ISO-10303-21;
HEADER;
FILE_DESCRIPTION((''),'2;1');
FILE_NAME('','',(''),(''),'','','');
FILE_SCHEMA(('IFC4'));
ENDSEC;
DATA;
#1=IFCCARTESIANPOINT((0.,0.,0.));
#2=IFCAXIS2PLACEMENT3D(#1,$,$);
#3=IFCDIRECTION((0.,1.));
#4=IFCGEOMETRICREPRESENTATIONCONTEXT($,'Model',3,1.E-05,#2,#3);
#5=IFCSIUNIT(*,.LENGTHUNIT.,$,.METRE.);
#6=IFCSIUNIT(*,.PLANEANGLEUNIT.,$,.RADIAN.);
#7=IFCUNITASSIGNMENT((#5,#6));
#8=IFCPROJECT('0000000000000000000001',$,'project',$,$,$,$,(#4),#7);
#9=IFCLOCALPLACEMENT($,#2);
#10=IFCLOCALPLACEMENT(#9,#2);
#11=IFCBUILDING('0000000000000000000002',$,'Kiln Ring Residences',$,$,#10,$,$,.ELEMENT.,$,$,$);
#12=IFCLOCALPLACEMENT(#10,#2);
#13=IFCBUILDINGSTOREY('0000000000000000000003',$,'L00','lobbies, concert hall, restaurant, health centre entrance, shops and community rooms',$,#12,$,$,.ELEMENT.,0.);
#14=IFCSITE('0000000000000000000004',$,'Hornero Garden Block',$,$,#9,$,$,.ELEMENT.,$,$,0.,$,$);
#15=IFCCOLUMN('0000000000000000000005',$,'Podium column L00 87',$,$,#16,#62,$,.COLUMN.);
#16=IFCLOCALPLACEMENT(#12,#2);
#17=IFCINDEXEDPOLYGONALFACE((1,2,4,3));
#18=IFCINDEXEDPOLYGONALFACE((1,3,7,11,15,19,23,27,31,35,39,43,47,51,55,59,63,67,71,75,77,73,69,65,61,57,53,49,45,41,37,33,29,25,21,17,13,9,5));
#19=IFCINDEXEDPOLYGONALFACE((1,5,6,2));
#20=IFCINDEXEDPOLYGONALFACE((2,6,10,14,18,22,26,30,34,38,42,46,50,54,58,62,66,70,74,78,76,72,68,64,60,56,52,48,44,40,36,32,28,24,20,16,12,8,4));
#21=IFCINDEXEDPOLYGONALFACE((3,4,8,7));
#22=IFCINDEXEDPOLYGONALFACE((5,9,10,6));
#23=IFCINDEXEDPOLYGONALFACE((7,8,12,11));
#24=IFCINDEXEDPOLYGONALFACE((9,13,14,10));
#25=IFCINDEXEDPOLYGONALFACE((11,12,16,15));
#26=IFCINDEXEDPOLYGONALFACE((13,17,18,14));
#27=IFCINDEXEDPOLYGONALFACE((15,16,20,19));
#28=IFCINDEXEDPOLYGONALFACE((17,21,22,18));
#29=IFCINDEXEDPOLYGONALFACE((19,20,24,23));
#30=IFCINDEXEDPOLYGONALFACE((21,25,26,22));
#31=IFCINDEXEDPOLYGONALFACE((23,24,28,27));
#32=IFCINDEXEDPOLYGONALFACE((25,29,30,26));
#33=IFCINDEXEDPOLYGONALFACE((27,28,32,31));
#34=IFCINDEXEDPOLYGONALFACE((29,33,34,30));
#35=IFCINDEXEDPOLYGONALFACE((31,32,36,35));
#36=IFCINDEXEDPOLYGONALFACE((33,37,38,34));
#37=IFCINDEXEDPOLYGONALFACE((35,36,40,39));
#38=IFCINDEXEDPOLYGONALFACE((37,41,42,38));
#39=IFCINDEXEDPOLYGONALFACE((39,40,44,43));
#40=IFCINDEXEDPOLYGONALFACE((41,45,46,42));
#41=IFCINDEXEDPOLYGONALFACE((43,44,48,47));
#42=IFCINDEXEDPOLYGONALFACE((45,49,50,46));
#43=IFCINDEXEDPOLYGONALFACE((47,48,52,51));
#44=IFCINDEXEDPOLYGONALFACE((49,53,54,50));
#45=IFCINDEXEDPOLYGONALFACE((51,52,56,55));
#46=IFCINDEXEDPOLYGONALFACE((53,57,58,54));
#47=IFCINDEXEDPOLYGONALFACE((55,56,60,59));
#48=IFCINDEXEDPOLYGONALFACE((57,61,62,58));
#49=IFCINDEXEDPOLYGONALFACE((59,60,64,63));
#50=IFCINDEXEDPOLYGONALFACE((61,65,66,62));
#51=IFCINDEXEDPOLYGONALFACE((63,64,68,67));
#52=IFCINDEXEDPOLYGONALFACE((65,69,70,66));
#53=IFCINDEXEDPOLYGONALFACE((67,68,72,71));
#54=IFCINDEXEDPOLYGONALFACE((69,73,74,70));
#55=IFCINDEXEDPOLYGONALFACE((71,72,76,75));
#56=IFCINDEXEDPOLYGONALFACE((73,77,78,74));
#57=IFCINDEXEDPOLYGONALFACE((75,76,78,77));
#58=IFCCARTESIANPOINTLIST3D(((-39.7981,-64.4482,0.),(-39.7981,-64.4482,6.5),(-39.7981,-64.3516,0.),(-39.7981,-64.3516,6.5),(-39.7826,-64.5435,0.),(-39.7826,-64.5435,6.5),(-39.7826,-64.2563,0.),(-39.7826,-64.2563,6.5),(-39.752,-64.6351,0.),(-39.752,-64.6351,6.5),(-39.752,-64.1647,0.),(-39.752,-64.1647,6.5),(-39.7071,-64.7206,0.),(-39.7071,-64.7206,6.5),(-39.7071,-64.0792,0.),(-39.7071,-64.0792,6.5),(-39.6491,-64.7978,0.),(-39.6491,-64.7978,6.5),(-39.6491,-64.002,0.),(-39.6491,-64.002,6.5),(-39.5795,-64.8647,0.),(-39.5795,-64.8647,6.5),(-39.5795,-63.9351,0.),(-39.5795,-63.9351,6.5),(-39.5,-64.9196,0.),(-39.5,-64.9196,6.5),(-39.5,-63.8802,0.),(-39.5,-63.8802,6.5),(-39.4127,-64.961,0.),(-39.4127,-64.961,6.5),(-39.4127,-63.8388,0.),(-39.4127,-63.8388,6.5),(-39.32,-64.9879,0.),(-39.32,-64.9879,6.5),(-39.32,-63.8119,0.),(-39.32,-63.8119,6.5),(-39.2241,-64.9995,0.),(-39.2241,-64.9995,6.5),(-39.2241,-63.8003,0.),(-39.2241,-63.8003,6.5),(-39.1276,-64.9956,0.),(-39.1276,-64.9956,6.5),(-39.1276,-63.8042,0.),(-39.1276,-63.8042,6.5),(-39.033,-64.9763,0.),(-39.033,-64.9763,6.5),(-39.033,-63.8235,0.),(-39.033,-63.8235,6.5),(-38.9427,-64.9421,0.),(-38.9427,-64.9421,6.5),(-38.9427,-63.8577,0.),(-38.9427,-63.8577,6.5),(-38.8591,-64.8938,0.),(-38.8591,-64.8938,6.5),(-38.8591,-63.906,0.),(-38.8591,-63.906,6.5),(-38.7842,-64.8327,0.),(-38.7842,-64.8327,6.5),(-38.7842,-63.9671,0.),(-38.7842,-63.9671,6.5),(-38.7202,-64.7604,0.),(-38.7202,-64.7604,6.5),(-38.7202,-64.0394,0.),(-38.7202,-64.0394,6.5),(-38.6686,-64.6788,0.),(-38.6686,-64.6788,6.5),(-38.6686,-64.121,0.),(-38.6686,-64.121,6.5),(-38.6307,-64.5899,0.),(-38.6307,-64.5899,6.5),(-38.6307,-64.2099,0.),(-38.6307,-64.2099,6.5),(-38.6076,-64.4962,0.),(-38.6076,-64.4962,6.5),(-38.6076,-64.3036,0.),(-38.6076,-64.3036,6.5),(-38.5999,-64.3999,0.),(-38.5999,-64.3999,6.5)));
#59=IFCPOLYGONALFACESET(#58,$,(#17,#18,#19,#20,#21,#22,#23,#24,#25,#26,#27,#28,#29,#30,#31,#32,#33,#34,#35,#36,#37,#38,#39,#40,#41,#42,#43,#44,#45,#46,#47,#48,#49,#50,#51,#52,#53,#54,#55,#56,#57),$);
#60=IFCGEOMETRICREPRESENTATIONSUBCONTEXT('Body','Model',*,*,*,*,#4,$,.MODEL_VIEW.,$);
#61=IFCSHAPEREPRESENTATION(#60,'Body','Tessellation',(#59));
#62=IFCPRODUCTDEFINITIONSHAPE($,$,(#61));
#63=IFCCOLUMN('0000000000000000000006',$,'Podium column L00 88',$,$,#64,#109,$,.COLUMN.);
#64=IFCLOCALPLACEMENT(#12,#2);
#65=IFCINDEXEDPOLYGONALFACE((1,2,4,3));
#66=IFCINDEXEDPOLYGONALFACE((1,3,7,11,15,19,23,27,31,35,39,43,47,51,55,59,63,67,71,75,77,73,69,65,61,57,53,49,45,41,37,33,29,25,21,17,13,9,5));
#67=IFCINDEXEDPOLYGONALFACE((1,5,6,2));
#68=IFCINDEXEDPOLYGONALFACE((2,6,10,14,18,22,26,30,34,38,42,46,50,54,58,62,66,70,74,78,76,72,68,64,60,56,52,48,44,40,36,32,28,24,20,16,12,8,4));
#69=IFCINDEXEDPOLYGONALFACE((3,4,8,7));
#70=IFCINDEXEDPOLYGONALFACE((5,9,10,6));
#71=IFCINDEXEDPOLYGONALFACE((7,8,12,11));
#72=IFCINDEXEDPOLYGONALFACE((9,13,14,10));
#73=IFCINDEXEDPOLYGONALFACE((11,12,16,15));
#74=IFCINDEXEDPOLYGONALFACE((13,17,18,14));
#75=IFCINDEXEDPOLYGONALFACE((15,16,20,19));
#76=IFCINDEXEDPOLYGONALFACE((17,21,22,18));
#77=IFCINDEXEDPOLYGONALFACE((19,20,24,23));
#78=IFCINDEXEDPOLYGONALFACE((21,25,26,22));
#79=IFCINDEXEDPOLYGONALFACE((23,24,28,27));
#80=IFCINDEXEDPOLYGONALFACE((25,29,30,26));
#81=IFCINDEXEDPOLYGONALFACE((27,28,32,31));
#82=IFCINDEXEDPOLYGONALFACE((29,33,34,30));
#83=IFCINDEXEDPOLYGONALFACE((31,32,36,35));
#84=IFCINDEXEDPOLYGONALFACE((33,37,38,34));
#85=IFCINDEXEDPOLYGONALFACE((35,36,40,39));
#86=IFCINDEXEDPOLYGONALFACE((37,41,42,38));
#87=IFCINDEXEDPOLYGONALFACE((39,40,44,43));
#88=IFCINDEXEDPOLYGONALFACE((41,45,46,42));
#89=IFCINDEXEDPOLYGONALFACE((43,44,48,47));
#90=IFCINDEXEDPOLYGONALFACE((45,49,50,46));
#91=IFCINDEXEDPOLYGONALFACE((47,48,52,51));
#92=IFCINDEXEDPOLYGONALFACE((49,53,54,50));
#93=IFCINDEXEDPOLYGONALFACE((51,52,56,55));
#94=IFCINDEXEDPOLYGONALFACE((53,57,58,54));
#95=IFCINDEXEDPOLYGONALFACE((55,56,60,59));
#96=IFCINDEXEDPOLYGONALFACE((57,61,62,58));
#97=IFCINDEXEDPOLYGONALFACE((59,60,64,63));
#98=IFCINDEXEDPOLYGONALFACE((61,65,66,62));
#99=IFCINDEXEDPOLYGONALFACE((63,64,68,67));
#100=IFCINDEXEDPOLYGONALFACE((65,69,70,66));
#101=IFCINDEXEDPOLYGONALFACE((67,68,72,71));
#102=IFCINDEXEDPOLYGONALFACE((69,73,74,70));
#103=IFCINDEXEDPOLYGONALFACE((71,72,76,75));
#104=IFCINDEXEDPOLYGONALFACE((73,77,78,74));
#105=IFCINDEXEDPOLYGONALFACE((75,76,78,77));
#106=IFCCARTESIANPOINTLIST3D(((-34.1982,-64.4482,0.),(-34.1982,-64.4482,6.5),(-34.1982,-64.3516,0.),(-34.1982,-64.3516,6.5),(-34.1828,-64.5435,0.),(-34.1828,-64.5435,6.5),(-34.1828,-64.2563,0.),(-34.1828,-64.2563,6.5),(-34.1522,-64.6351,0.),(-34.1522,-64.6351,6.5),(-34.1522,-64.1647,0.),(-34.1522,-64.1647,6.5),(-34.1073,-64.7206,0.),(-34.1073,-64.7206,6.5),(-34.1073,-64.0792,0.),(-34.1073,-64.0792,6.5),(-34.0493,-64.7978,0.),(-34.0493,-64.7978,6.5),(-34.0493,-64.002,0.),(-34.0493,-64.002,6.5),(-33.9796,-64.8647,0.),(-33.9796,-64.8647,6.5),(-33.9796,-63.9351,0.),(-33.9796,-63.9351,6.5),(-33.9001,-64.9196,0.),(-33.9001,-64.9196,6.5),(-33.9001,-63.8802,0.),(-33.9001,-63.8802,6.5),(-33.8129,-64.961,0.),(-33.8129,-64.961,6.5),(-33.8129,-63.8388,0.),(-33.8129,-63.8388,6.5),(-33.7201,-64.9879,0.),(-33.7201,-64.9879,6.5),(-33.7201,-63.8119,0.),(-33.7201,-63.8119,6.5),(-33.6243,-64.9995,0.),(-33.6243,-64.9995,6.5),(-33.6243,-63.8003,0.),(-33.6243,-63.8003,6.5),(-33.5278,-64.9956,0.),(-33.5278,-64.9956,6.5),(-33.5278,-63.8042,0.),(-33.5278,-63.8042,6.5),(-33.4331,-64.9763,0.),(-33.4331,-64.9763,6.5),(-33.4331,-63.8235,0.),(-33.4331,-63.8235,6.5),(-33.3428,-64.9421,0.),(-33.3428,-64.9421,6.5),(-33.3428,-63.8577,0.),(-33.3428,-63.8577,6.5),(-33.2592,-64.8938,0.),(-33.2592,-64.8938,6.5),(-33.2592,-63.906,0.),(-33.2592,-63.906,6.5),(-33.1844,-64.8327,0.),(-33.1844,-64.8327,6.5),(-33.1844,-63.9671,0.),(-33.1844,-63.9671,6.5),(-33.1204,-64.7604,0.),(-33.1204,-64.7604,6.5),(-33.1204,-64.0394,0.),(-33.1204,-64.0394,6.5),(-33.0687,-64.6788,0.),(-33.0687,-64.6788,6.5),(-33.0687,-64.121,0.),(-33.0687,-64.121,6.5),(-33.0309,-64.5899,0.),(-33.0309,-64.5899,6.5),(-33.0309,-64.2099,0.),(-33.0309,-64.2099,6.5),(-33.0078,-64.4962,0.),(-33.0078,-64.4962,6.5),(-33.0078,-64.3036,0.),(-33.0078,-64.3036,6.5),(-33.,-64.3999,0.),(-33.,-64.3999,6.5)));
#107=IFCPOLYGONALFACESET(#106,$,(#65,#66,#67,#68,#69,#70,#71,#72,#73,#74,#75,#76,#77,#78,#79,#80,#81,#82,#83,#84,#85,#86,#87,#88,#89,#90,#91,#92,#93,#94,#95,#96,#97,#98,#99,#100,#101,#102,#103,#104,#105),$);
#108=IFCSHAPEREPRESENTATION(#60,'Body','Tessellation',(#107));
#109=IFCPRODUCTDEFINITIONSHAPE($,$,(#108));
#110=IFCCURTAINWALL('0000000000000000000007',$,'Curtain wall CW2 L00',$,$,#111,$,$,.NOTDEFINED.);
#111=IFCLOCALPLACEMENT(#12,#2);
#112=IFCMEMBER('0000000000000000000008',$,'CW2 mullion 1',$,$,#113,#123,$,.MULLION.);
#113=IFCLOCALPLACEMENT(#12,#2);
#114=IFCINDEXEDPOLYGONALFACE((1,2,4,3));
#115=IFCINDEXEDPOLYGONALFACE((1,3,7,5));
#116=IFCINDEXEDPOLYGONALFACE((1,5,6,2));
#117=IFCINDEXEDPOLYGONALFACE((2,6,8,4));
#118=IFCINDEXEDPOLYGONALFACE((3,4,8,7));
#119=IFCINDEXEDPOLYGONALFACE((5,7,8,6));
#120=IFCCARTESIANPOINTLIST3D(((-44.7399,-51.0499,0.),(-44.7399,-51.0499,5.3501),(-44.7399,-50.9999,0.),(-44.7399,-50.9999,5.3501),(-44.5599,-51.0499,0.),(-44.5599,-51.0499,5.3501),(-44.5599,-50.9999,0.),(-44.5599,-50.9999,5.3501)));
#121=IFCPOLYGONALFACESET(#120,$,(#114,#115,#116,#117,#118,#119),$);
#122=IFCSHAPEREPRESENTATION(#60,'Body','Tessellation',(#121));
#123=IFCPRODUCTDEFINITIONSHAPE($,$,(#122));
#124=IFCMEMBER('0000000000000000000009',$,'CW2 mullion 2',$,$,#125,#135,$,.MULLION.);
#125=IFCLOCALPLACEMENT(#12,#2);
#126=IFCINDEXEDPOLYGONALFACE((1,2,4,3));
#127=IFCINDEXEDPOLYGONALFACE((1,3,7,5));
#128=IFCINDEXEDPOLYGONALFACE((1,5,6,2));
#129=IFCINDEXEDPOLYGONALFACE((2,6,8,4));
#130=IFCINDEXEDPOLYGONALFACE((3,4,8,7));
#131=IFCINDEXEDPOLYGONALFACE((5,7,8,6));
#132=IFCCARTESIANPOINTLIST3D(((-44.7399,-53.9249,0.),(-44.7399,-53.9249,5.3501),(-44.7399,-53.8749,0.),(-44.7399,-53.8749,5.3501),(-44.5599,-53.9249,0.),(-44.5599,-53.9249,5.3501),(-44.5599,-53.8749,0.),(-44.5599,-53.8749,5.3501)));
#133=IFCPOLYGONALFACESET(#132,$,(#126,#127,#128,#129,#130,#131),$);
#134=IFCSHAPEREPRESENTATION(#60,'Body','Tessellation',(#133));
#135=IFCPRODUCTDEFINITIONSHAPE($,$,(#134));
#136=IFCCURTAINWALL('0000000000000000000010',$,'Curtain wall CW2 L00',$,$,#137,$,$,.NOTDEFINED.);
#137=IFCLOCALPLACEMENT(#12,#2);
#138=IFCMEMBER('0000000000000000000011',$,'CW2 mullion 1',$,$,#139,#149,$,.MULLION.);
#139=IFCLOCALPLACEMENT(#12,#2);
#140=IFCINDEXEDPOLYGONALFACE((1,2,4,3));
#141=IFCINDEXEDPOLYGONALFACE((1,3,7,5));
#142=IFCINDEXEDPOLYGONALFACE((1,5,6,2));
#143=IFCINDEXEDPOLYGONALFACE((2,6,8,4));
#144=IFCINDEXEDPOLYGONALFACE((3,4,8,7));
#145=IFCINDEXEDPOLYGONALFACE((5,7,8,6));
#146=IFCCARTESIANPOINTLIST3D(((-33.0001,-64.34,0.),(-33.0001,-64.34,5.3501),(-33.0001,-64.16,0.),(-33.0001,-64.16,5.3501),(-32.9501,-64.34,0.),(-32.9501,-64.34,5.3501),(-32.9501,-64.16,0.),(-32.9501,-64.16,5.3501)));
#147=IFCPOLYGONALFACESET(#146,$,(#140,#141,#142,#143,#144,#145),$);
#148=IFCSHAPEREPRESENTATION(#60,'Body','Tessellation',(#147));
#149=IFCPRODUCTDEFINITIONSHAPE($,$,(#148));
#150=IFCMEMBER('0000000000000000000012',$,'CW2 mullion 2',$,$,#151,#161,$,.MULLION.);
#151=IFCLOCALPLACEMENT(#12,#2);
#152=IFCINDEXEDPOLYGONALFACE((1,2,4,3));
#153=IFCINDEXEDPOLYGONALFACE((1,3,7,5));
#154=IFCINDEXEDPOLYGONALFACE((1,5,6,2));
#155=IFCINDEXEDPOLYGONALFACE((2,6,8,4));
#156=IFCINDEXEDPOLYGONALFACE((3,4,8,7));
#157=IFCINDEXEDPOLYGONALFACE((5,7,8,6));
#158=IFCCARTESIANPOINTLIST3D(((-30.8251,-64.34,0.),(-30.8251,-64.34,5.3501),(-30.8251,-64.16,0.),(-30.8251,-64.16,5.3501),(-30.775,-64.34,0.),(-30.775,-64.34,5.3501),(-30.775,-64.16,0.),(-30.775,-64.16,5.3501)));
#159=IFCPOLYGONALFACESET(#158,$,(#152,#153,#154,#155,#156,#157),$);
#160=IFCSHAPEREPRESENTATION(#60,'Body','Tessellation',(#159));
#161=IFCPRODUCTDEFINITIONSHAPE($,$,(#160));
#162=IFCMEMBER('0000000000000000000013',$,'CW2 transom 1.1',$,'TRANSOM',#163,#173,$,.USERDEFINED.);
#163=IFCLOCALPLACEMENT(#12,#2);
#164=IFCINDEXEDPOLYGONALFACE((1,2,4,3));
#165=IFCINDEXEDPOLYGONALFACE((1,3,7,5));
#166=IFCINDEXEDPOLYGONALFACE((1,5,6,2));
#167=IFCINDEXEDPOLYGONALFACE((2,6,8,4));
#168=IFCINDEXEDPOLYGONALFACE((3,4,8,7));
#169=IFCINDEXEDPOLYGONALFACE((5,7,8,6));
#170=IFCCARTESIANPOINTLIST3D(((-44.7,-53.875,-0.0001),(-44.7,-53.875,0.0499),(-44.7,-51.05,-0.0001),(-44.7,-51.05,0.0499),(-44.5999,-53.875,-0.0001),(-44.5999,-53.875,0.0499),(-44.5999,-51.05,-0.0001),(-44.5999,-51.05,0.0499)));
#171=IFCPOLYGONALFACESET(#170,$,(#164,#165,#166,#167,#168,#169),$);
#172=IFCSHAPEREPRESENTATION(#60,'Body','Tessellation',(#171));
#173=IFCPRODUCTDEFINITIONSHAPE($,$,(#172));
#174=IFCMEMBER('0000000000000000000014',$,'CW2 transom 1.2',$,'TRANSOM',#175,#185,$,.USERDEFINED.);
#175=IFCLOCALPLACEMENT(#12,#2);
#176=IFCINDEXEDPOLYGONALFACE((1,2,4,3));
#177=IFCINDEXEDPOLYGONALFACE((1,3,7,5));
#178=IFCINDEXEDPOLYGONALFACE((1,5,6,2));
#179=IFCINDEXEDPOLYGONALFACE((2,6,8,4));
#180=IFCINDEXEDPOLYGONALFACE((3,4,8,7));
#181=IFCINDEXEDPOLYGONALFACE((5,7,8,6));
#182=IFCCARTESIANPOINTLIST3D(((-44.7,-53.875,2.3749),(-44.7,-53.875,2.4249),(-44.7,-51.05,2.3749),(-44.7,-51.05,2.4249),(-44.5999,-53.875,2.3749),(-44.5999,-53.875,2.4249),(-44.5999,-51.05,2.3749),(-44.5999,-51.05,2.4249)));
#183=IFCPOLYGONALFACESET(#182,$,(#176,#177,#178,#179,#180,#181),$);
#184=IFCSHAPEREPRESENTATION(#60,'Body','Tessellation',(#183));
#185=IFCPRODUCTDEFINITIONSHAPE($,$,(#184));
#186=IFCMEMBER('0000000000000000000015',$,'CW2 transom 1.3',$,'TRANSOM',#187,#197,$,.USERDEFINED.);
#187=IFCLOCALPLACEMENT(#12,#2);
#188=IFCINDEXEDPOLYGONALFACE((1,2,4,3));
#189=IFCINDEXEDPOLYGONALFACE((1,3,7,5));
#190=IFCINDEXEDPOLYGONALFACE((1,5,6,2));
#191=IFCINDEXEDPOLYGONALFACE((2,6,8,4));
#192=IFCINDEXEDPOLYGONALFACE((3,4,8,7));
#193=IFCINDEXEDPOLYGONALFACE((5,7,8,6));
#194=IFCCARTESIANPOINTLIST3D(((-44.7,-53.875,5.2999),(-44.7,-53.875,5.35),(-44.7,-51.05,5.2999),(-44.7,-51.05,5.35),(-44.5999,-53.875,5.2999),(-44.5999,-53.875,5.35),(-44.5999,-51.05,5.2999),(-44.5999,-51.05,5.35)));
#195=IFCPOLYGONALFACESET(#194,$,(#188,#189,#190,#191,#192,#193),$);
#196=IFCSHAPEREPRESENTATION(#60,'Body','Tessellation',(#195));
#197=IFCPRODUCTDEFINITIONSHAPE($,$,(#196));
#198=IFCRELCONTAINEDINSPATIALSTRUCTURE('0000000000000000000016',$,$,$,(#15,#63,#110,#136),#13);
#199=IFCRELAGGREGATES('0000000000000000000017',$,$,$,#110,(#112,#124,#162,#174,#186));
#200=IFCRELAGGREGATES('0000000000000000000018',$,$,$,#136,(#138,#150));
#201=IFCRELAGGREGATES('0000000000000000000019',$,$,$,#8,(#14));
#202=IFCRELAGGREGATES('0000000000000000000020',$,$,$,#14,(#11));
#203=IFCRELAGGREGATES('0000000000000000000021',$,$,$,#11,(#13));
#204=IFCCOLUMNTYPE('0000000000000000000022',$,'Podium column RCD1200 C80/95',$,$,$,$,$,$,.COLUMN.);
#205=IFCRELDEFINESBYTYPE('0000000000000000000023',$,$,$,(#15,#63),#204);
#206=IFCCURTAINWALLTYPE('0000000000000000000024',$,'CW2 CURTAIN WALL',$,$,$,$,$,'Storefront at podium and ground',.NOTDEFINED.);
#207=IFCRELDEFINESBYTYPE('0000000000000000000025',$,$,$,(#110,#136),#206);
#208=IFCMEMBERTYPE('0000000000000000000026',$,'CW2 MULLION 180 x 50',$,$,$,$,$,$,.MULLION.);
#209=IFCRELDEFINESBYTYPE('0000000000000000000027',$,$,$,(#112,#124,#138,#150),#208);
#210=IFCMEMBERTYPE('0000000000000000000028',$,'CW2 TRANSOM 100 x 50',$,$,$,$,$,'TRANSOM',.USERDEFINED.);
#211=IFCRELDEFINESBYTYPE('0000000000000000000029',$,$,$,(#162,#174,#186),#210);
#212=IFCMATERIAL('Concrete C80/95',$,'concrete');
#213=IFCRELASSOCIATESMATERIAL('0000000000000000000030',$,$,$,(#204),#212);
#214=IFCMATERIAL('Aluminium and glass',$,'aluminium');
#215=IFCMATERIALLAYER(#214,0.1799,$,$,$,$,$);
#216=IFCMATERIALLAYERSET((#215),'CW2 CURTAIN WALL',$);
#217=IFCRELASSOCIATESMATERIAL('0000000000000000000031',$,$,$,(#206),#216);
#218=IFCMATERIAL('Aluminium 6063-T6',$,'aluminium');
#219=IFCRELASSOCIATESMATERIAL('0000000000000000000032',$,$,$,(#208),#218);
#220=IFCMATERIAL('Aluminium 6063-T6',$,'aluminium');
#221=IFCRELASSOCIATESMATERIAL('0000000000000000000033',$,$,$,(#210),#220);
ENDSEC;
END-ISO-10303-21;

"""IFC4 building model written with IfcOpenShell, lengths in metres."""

from ifc_helpers import new_model, si_unit, direction, frame, origin, origin_2d, place, context, subcontext, project, spatial, rectangle, circle, extrude, material, layer, layer_set, material_profile, profile_set, type_object, element, aggregate, save


model = new_model("IFC4")

# Units and contexts
model_context = context("Model", 3, precision=1e-05, world=origin(), true_north=direction((0.0, 1.0)))
body_context = subcontext(model_context, "Body", "Model", "MODEL_VIEW")
ifc_project = project(units=[si_unit("LENGTHUNIT", "METRE"), si_unit("PLANEANGLEUNIT", "RADIAN")], contexts=[model_context])

# Site, building, storey
site_placement = place(None, origin())
site = spatial("IfcSite", under=ifc_project, at=site_placement, Name="Hornero Garden Block", CompositionType="ELEMENT", RefElevation=0.0)
building_placement = place(site_placement, origin())
building = spatial("IfcBuilding", under=site, at=building_placement, Name="Kiln Ring Residences", CompositionType="ELEMENT")
storey_placement = place(building_placement, origin())
storey = spatial("IfcBuildingStorey", under=building, at=storey_placement, Name="L00", Description="lobbies, concert hall, restaurant, health centre entrance, shops and community rooms", CompositionType="ELEMENT", Elevation=0.0)

# Columns
ifc_material_1 = material(Name="Concrete C80/95", Category="concrete")
ifc_material_profile_1 = material_profile(ifc_material_1, circle(Radius=0.6001, at=origin_2d()), Name="RCD1200")
ifc_profile_set_1 = profile_set([ifc_material_profile_1], Name="Concrete C80/95")
column_type = type_object("IfcColumnType", Name="Podium column RCD1200 C80/95", PredefinedType="COLUMN", material=ifc_profile_set_1)
for number, where, z_axis, x_axis, name in (
    (1, (-39.2, -64.3999, 0.0), (0.0, 0.0, 1.0), (1.0, 0.0, 0.0), "Podium column L00 87"),
    (2, (-33.6001, -64.3999, 0.0), (0.0, 0.0, 1.0), (1.0, 0.0, 0.0), "Podium column L00 88"),
):
    element("IfcColumn", number, at=place(storey_placement, frame(where, z_axis=z_axis, x_axis=x_axis)), inside=storey, type_object=column_type, Name=name, PredefinedType="COLUMN", context=body_context, shape_type="SweptSolid", body=[
        extrude(circle(Radius=0.6001, at=origin_2d()), origin(), (0.0, 0.0, 1.0), 6.5),
    ])

# Curtain walls, members
ifc_material_2 = material(Name="Aluminium and glass", Category="aluminium")
ifc_layer_1 = layer(ifc_material_2, 0.1799)
ifc_layer_set_1 = layer_set([ifc_layer_1], Name="CW2 CURTAIN WALL")
curtain_wall_type = type_object("IfcCurtainWallType", Name="CW2 CURTAIN WALL", ElementType="Storefront at podium and ground", PredefinedType="NOTDEFINED", material=ifc_layer_set_1)
placement = place(storey_placement, origin())
curtain_wall_1 = element("IfcCurtainWall", 3, at=placement, inside=storey, type_object=curtain_wall_type, Name="Curtain wall CW2 L00", PredefinedType="NOTDEFINED")
ifc_material_3 = material(Name="Aluminium 6063-T6", Category="aluminium")
ifc_material_profile_2 = material_profile(ifc_material_3, rectangle(XDim=0.1799, YDim=0.05, at=origin_2d()), Name="AL 180x50")
ifc_profile_set_2 = profile_set([ifc_material_profile_2], Name="Aluminium 6063-T6")
member_type_1 = type_object("IfcMemberType", Name="CW2 MULLION 180 x 50", PredefinedType="MULLION", material=ifc_profile_set_2)
member_1_placement = place(storey_placement, frame((-44.6499, -51.0249, 0.0), z_axis=(0.0, 0.0, 1.0), x_axis=(1.0, 0.0, 0.0)))
member_1 = element("IfcMember", 4, at=member_1_placement, type_object=member_type_1, Name="CW2 mullion 1", PredefinedType="MULLION", context=body_context, shape_type="SweptSolid", body=[
    extrude(rectangle(XDim=0.1799, YDim=0.05, at=origin_2d()), origin(), (0.0, 0.0, 1.0), 5.3501),
])
member_2_placement = place(storey_placement, frame((-44.6499, -53.8999, 0.0), z_axis=(0.0, 0.0, 1.0), x_axis=(1.0, 0.0, 0.0)))
member_2 = element("IfcMember", 5, at=member_2_placement, type_object=member_type_1, Name="CW2 mullion 2", PredefinedType="MULLION", context=body_context, shape_type="SweptSolid", body=[
    extrude(rectangle(XDim=0.1799, YDim=0.05, at=origin_2d()), origin(), (0.0, 0.0, 1.0), 5.3501),
])
curtain_wall_2 = element("IfcCurtainWall", 6, at=placement, inside=storey, type_object=curtain_wall_type, Name="Curtain wall CW2 L00", PredefinedType="NOTDEFINED")
member_3_placement = place(storey_placement, frame((-32.9751, -64.25, 0.0), z_axis=(0.0, 0.0, 1.0), x_axis=(0.0, 1.0, 0.0)))
member_3 = element("IfcMember", 7, at=member_3_placement, type_object=member_type_1, Name="CW2 mullion 1", PredefinedType="MULLION", context=body_context, shape_type="SweptSolid", body=[
    extrude(rectangle(XDim=0.1799, YDim=0.05, at=origin_2d()), origin(), (0.0, 0.0, 1.0), 5.3501),
])
member_4_placement = place(storey_placement, frame((-30.8, -64.25, 0.0), z_axis=(0.0, 0.0, 1.0), x_axis=(0.0, 1.0, 0.0)))
member_4 = element("IfcMember", 8, at=member_4_placement, type_object=member_type_1, Name="CW2 mullion 2", PredefinedType="MULLION", context=body_context, shape_type="SweptSolid", body=[
    extrude(rectangle(XDim=0.1799, YDim=0.05, at=origin_2d()), origin(), (0.0, 0.0, 1.0), 5.3501),
])

# Members
ifc_material_4 = material(Name="Aluminium 6063-T6", Category="aluminium")
ifc_material_profile_3 = material_profile(ifc_material_4, rectangle(XDim=0.1001, YDim=0.05, at=origin_2d()), Name="AL 100x50")
ifc_profile_set_3 = profile_set([ifc_material_profile_3], Name="Aluminium 6063-T6")
member_type_2 = type_object("IfcMemberType", Name="CW2 TRANSOM 100 x 50", ElementType="TRANSOM", PredefinedType="USERDEFINED", material=ifc_profile_set_3)
member_5_placement = place(storey_placement, frame((-44.6499, -51.05, 0.0249), z_axis=(0.0, -1.0, 0.0), x_axis=(1.0, 0.0, 0.0)))
member_5 = element("IfcMember", 9, at=member_5_placement, type_object=member_type_2, Name="CW2 transom 1.1", ObjectType="TRANSOM", PredefinedType="USERDEFINED", context=body_context, shape_type="SweptSolid", body=[
    extrude(rectangle(XDim=0.1001, YDim=0.05, at=origin_2d()), origin(), (0.0, 0.0, 1.0), 2.825),
])
member_6_placement = place(storey_placement, frame((-44.6499, -51.05, 2.3999), z_axis=(0.0, -1.0, 0.0), x_axis=(1.0, 0.0, 0.0)))
member_6 = element("IfcMember", 10, at=member_6_placement, type_object=member_type_2, Name="CW2 transom 1.2", ObjectType="TRANSOM", PredefinedType="USERDEFINED", context=body_context, shape_type="SweptSolid", body=[
    extrude(rectangle(XDim=0.1001, YDim=0.05, at=origin_2d()), origin(), (0.0, 0.0, 1.0), 2.825),
])
member_7_placement = place(storey_placement, frame((-44.6499, -51.05, 5.325), z_axis=(0.0, -1.0, 0.0), x_axis=(1.0, 0.0, 0.0)))
member_7 = element("IfcMember", 11, at=member_7_placement, type_object=member_type_2, Name="CW2 transom 1.3", ObjectType="TRANSOM", PredefinedType="USERDEFINED", context=body_context, shape_type="SweptSolid", body=[
    extrude(rectangle(XDim=0.1001, YDim=0.05, at=origin_2d()), origin(), (0.0, 0.0, 1.0), 2.825),
])

aggregate(curtain_wall_1, [member_1, member_2, member_5, member_6, member_7])
aggregate(curtain_wall_2, [member_3, member_4])

save(model, "model.ifc")
